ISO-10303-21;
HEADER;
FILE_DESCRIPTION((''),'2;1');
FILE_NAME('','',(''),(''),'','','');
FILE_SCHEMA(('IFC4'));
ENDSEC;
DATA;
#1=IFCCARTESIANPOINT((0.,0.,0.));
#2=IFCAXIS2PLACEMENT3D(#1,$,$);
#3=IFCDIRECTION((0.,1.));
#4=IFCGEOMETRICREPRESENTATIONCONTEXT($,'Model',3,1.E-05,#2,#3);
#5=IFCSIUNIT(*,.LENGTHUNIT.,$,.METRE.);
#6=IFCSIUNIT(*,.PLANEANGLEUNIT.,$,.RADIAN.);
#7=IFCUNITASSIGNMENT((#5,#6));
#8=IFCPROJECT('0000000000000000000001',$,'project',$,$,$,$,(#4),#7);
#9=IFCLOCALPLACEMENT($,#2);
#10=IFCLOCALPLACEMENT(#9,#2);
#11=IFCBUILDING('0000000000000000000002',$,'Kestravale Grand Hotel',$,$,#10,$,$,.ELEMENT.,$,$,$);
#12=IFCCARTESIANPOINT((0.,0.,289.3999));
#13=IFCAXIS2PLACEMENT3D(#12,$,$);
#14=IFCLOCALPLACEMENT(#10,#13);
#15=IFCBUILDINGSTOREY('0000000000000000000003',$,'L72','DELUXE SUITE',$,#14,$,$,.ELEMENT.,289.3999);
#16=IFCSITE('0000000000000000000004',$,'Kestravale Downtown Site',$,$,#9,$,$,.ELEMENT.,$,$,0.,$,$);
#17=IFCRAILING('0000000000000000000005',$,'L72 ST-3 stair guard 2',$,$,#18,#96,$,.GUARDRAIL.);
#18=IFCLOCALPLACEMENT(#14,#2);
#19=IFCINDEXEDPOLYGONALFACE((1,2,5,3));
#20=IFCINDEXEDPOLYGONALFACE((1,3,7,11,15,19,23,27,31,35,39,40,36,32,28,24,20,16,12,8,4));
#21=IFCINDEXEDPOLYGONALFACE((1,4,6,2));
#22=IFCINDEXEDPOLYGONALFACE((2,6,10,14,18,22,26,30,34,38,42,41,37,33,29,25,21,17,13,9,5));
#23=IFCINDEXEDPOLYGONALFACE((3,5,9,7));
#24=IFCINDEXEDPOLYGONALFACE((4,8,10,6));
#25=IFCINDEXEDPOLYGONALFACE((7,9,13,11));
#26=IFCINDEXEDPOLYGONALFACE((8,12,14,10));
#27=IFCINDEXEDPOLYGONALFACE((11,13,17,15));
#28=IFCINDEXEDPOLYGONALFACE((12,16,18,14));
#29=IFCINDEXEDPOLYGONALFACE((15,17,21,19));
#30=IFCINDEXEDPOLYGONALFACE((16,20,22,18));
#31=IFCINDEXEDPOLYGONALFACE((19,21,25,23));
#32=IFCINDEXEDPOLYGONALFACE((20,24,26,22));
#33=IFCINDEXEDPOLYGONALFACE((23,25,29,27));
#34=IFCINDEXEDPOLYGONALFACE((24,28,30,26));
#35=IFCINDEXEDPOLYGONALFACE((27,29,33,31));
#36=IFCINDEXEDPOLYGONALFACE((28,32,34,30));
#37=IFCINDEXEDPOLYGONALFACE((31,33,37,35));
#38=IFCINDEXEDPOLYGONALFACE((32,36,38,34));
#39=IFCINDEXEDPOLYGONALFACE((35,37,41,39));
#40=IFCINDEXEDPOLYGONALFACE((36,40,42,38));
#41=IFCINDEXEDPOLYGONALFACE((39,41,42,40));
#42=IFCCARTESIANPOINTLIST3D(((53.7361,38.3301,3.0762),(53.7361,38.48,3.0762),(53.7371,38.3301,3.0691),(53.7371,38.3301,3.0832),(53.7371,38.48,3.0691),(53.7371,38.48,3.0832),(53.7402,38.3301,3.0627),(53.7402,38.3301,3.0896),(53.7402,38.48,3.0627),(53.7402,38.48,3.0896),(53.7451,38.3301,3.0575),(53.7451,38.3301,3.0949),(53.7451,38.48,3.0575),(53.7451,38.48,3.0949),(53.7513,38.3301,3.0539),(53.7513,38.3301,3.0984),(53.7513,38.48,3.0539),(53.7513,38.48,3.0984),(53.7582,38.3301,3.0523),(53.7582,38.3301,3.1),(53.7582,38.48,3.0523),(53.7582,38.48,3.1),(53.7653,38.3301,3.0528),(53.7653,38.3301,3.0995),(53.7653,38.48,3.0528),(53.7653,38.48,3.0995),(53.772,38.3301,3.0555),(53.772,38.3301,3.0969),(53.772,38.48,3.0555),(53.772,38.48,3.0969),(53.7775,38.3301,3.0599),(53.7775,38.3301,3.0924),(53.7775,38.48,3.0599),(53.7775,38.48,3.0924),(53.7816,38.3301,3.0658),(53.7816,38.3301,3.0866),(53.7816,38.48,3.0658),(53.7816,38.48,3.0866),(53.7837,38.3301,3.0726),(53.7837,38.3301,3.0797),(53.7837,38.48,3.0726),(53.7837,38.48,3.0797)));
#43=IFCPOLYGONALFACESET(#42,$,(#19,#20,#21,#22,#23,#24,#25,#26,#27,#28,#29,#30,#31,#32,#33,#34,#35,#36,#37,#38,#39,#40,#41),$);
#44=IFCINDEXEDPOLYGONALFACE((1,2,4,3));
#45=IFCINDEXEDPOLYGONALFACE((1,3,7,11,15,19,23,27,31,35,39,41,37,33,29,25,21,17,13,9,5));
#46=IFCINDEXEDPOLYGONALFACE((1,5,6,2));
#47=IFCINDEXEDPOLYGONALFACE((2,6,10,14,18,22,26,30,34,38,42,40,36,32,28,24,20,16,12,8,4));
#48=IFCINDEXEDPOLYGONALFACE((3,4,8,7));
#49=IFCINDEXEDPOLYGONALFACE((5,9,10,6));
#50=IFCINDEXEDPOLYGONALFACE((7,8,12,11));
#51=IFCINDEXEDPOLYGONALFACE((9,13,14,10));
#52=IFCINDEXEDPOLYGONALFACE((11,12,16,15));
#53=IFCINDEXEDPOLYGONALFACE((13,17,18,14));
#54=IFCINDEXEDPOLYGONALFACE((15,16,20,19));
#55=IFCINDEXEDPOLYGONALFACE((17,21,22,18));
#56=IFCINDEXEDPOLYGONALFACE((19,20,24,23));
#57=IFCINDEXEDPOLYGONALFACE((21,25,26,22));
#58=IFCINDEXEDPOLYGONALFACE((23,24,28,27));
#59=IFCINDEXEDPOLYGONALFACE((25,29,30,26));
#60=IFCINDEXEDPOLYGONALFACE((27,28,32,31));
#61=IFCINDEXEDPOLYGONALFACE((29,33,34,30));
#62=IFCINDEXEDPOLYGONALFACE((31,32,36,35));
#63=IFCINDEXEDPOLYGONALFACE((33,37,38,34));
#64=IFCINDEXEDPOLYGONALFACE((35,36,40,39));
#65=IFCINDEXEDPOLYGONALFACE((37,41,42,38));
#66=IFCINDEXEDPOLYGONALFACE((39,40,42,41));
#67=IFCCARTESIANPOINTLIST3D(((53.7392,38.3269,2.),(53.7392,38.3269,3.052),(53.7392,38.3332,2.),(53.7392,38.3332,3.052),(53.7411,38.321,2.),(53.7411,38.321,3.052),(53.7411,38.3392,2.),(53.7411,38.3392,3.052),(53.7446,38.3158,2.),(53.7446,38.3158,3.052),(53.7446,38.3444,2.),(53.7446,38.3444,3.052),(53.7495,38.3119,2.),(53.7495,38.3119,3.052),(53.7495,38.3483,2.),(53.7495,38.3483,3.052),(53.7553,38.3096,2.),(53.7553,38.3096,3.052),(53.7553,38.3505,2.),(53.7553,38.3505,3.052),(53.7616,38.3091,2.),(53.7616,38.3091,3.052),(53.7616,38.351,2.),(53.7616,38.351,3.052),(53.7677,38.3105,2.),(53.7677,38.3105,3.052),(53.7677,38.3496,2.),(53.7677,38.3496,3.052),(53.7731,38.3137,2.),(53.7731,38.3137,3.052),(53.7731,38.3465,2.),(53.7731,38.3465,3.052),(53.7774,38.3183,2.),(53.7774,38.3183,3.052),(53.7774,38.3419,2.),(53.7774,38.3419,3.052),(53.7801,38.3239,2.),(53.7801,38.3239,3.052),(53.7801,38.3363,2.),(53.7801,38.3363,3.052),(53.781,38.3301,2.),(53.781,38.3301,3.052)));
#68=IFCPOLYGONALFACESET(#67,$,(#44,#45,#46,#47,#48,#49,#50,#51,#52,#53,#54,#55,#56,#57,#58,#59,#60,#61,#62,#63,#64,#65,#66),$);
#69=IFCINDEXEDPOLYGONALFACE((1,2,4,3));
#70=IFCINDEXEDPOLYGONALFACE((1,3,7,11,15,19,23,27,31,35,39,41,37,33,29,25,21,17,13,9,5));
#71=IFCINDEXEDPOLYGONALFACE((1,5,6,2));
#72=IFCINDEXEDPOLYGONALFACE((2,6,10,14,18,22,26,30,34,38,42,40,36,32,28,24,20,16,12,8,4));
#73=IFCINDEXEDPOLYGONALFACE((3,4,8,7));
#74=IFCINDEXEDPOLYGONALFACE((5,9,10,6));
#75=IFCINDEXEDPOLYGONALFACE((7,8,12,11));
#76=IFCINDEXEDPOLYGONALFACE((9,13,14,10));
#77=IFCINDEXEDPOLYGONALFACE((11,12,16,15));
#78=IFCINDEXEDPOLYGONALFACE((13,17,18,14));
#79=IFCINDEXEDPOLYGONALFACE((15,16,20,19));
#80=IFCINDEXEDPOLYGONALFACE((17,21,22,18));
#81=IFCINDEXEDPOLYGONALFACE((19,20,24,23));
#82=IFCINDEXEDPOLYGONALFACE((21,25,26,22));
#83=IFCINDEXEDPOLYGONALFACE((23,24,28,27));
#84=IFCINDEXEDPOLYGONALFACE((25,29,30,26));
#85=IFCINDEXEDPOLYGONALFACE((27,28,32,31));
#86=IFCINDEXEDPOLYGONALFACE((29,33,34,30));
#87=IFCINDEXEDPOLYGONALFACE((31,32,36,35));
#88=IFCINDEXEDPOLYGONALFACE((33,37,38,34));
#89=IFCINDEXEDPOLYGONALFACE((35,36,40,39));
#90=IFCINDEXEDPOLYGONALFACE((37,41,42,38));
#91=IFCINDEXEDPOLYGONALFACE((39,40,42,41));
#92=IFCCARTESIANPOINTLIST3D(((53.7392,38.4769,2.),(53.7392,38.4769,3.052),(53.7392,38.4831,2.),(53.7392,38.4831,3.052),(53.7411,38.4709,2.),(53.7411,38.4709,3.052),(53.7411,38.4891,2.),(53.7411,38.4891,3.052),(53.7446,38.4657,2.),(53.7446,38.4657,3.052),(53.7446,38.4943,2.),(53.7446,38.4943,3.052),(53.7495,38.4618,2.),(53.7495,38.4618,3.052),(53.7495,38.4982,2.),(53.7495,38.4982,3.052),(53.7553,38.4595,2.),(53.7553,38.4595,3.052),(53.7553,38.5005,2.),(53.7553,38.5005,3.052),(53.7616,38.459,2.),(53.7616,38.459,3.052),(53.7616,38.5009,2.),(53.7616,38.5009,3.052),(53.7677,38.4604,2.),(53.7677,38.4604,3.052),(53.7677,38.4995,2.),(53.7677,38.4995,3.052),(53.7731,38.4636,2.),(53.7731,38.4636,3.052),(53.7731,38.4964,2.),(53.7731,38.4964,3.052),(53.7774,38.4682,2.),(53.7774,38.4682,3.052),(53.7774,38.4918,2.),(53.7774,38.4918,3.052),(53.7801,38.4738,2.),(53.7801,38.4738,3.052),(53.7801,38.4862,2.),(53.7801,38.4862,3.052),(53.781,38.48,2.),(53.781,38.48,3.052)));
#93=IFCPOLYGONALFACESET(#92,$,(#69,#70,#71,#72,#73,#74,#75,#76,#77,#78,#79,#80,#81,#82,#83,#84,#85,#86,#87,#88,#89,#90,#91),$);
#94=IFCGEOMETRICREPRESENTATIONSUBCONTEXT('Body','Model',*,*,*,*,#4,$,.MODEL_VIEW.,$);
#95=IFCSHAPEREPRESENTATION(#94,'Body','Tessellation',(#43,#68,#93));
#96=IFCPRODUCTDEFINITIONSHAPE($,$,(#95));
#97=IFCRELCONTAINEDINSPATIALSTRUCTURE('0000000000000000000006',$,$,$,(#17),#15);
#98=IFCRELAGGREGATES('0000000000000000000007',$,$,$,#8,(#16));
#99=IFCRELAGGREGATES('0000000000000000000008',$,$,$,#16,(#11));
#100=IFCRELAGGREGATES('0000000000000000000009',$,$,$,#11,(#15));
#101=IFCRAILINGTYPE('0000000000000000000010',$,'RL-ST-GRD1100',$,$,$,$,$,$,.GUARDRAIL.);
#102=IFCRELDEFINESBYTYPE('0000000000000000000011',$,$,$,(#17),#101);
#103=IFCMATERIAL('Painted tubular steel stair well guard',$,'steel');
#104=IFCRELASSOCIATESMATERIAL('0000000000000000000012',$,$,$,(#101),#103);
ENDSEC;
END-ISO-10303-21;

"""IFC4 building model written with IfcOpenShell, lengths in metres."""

from ifc_helpers import new_model, si_unit, direction, frame, origin, origin_2d, place, context, subcontext, project, spatial, circle, extrude, material, type_object, element, save


model = new_model("IFC4")

# Units and contexts
model_context = context("Model", 3, precision=1e-05, world=origin(), true_north=direction((0.0, 1.0)))
body_context = subcontext(model_context, "Body", "Model", "MODEL_VIEW")
ifc_project = project(units=[si_unit("LENGTHUNIT", "METRE"), si_unit("PLANEANGLEUNIT", "RADIAN")], contexts=[model_context])

# Site, building, storey
site_placement = place(None, origin())
site = spatial("IfcSite", under=ifc_project, at=site_placement, Name="Kestravale Downtown Site", CompositionType="ELEMENT", RefElevation=0.0)
building_placement = place(site_placement, origin())
building = spatial("IfcBuilding", under=site, at=building_placement, Name="Kestravale Grand Hotel", CompositionType="ELEMENT")
storey_placement = place(building_placement, frame((0.0, 0.0, 289.3999)))
storey = spatial("IfcBuildingStorey", under=building, at=storey_placement, Name="L72", Description="DELUXE SUITE", CompositionType="ELEMENT", Elevation=289.3999)

# Railing
ifc_material_1 = material(Name="Painted tubular steel stair well guard", Category="steel")
railing_type_1 = type_object("IfcRailingType", Name="RL-ST-GRD1100", PredefinedType="GUARDRAIL", material=ifc_material_1)
railing_1_placement = place(storey_placement, frame((53.76, 38.3301, 2.0)))
element("IfcRailing", 1, at=railing_1_placement, inside=storey, type_object=railing_type_1, Name="L72 ST-3 stair guard 2", PredefinedType="GUARDRAIL", context=body_context, shape_type="SweptSolid", body=[
    extrude(circle(Radius=0.0239, at=origin_2d()), frame((0.0, 0.0, 1.0762), z_axis=(0.0, 1.0, 0.0), x_axis=(-1.0, 0.0, 0.0)), (0.0, 0.0, 1.0), 0.1499),
    extrude(circle(Radius=0.021, at=origin_2d()), origin(), (0.0, 0.0, 1.0), 1.052),
    extrude(circle(Radius=0.021, at=origin_2d()), frame((0.0, 0.1499, 0.0)), (0.0, 0.0, 1.0), 1.052),
])

save(model, "model.ifc")
